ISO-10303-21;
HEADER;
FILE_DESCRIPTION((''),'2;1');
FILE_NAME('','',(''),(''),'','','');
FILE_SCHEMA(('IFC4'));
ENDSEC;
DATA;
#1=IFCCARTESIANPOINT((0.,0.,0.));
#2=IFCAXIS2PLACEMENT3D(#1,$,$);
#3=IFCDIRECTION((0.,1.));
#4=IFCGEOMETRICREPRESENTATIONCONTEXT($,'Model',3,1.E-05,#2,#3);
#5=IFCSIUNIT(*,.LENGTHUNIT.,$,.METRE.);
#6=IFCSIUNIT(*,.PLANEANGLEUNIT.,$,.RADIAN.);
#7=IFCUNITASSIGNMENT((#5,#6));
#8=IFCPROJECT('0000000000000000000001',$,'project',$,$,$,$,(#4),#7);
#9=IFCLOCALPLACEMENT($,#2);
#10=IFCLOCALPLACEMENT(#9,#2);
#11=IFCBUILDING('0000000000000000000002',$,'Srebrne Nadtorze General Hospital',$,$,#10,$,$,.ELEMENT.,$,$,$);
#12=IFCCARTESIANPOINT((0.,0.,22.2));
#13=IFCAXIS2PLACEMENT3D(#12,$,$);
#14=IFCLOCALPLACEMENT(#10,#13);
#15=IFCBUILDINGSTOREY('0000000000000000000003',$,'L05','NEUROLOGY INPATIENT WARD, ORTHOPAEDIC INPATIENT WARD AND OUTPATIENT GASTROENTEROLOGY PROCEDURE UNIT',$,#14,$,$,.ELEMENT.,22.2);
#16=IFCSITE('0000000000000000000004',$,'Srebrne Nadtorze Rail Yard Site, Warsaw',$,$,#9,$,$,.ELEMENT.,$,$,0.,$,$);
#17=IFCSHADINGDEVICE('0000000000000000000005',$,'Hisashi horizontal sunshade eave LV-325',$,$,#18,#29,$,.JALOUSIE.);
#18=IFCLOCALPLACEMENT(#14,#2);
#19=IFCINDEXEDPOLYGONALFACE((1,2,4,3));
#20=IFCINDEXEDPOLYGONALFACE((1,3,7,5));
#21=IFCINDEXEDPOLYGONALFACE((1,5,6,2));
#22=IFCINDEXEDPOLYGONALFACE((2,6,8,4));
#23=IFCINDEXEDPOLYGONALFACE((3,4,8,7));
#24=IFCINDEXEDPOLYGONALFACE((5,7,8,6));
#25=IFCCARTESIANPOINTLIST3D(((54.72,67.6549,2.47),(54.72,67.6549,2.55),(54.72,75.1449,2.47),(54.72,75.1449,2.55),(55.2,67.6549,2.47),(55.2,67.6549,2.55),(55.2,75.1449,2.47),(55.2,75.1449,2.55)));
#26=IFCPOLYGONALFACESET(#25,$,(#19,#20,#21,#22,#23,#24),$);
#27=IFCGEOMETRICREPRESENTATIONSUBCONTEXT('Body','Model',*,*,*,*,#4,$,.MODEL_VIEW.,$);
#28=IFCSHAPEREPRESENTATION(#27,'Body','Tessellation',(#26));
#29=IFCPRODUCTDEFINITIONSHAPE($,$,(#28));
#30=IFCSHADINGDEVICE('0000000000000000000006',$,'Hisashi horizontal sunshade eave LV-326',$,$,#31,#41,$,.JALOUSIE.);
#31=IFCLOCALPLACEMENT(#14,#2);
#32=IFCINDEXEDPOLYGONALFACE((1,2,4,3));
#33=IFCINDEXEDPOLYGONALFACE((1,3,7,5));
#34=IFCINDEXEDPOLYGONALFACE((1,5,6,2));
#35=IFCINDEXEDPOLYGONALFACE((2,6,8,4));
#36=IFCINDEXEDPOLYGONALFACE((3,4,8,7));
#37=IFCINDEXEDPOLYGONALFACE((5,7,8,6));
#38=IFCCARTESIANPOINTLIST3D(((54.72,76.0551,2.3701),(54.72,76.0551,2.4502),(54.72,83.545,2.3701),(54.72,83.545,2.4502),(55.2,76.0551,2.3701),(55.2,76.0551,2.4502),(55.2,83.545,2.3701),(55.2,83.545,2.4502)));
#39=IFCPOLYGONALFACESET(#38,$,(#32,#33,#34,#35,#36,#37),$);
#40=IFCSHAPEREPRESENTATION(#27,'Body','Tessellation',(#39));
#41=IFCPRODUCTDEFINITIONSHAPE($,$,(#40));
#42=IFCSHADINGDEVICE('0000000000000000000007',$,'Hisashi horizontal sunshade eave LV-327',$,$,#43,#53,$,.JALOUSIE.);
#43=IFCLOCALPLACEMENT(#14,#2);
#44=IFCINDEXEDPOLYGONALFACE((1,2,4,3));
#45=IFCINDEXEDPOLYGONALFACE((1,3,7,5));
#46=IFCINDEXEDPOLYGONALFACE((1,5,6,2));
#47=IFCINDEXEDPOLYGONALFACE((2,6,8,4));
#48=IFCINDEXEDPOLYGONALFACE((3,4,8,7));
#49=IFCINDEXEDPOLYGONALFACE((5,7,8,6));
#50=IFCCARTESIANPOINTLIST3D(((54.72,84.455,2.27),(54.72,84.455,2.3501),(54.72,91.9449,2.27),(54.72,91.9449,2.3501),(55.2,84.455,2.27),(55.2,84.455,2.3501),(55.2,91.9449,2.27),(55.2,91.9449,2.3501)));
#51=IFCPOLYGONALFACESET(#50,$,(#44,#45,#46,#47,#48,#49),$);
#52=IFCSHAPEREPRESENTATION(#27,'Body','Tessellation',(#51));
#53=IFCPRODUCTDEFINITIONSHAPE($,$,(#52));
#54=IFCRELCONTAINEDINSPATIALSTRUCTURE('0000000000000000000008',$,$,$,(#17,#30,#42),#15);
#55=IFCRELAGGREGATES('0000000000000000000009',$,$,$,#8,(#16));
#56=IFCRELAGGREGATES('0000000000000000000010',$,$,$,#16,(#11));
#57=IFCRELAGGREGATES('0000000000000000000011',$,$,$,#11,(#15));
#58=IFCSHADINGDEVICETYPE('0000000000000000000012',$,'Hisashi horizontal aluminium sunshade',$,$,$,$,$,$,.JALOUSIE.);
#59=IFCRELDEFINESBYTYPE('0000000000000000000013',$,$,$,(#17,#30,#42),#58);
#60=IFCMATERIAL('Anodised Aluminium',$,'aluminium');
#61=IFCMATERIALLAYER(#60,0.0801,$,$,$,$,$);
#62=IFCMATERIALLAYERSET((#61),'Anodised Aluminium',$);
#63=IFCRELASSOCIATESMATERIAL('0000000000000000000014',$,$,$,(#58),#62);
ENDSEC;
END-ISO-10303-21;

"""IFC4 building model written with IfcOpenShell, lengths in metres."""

from ifc_helpers import new_model, si_unit, direction, frame, origin, origin_2d, place, context, subcontext, project, spatial, rectangle, extrude, material, layer, layer_set, type_object, element, save


model = new_model("IFC4")

# Units and contexts
model_context = context("Model", 3, precision=1e-05, world=origin(), true_north=direction((0.0, 1.0)))
body_context = subcontext(model_context, "Body", "Model", "MODEL_VIEW")
ifc_project = project(units=[si_unit("LENGTHUNIT", "METRE"), si_unit("PLANEANGLEUNIT", "RADIAN")], contexts=[model_context])

# Site, building, storey
site_placement = place(None, origin())
site = spatial("IfcSite", under=ifc_project, at=site_placement, Name="Srebrne Nadtorze Rail Yard Site, Warsaw", CompositionType="ELEMENT", RefElevation=0.0)
building_placement = place(site_placement, origin())
building = spatial("IfcBuilding", under=site, at=building_placement, Name="Srebrne Nadtorze General Hospital", CompositionType="ELEMENT")
storey_placement = place(building_placement, frame((0.0, 0.0, 22.2)))
storey = spatial("IfcBuildingStorey", under=building, at=storey_placement, Name="L05", Description="NEUROLOGY INPATIENT WARD, ORTHOPAEDIC INPATIENT WARD AND OUTPATIENT GASTROENTEROLOGY PROCEDURE UNIT", CompositionType="ELEMENT", Elevation=22.2)

# Shading devices
ifc_material_1 = material(Name="Anodised Aluminium", Category="aluminium")
ifc_layer_1 = layer(ifc_material_1, 0.0801)
ifc_layer_set_1 = layer_set([ifc_layer_1], Name="Anodised Aluminium")
shading_device_type = type_object("IfcShadingDeviceType", Name="Hisashi horizontal aluminium sunshade", PredefinedType="JALOUSIE", material=ifc_layer_set_1)
for number, where, z_axis, x_axis, name in (
    (1, (54.96, 71.3999, 2.47), (0.0, 0.0, 1.0), (1.0, 0.0, 0.0), "Hisashi horizontal sunshade eave LV-325"),
    (2, (54.96, 79.8, 2.3701), (0.0, 0.0, 1.0), (1.0, 0.0, 0.0), "Hisashi horizontal sunshade eave LV-326"),
    (3, (54.96, 88.2, 2.27), (0.0, 0.0, 1.0), (1.0, 0.0, 0.0), "Hisashi horizontal sunshade eave LV-327"),
):
    element("IfcShadingDevice", number, at=place(storey_placement, frame(where, z_axis=z_axis, x_axis=x_axis)), inside=storey, type_object=shading_device_type, Name=name, PredefinedType="JALOUSIE", context=body_context, shape_type="SweptSolid", body=[
        extrude(rectangle(XDim=0.48, YDim=7.49, at=origin_2d()), origin(), (0.0, 0.0, 1.0), 0.0801),
    ])

save(model, "model.ifc")
